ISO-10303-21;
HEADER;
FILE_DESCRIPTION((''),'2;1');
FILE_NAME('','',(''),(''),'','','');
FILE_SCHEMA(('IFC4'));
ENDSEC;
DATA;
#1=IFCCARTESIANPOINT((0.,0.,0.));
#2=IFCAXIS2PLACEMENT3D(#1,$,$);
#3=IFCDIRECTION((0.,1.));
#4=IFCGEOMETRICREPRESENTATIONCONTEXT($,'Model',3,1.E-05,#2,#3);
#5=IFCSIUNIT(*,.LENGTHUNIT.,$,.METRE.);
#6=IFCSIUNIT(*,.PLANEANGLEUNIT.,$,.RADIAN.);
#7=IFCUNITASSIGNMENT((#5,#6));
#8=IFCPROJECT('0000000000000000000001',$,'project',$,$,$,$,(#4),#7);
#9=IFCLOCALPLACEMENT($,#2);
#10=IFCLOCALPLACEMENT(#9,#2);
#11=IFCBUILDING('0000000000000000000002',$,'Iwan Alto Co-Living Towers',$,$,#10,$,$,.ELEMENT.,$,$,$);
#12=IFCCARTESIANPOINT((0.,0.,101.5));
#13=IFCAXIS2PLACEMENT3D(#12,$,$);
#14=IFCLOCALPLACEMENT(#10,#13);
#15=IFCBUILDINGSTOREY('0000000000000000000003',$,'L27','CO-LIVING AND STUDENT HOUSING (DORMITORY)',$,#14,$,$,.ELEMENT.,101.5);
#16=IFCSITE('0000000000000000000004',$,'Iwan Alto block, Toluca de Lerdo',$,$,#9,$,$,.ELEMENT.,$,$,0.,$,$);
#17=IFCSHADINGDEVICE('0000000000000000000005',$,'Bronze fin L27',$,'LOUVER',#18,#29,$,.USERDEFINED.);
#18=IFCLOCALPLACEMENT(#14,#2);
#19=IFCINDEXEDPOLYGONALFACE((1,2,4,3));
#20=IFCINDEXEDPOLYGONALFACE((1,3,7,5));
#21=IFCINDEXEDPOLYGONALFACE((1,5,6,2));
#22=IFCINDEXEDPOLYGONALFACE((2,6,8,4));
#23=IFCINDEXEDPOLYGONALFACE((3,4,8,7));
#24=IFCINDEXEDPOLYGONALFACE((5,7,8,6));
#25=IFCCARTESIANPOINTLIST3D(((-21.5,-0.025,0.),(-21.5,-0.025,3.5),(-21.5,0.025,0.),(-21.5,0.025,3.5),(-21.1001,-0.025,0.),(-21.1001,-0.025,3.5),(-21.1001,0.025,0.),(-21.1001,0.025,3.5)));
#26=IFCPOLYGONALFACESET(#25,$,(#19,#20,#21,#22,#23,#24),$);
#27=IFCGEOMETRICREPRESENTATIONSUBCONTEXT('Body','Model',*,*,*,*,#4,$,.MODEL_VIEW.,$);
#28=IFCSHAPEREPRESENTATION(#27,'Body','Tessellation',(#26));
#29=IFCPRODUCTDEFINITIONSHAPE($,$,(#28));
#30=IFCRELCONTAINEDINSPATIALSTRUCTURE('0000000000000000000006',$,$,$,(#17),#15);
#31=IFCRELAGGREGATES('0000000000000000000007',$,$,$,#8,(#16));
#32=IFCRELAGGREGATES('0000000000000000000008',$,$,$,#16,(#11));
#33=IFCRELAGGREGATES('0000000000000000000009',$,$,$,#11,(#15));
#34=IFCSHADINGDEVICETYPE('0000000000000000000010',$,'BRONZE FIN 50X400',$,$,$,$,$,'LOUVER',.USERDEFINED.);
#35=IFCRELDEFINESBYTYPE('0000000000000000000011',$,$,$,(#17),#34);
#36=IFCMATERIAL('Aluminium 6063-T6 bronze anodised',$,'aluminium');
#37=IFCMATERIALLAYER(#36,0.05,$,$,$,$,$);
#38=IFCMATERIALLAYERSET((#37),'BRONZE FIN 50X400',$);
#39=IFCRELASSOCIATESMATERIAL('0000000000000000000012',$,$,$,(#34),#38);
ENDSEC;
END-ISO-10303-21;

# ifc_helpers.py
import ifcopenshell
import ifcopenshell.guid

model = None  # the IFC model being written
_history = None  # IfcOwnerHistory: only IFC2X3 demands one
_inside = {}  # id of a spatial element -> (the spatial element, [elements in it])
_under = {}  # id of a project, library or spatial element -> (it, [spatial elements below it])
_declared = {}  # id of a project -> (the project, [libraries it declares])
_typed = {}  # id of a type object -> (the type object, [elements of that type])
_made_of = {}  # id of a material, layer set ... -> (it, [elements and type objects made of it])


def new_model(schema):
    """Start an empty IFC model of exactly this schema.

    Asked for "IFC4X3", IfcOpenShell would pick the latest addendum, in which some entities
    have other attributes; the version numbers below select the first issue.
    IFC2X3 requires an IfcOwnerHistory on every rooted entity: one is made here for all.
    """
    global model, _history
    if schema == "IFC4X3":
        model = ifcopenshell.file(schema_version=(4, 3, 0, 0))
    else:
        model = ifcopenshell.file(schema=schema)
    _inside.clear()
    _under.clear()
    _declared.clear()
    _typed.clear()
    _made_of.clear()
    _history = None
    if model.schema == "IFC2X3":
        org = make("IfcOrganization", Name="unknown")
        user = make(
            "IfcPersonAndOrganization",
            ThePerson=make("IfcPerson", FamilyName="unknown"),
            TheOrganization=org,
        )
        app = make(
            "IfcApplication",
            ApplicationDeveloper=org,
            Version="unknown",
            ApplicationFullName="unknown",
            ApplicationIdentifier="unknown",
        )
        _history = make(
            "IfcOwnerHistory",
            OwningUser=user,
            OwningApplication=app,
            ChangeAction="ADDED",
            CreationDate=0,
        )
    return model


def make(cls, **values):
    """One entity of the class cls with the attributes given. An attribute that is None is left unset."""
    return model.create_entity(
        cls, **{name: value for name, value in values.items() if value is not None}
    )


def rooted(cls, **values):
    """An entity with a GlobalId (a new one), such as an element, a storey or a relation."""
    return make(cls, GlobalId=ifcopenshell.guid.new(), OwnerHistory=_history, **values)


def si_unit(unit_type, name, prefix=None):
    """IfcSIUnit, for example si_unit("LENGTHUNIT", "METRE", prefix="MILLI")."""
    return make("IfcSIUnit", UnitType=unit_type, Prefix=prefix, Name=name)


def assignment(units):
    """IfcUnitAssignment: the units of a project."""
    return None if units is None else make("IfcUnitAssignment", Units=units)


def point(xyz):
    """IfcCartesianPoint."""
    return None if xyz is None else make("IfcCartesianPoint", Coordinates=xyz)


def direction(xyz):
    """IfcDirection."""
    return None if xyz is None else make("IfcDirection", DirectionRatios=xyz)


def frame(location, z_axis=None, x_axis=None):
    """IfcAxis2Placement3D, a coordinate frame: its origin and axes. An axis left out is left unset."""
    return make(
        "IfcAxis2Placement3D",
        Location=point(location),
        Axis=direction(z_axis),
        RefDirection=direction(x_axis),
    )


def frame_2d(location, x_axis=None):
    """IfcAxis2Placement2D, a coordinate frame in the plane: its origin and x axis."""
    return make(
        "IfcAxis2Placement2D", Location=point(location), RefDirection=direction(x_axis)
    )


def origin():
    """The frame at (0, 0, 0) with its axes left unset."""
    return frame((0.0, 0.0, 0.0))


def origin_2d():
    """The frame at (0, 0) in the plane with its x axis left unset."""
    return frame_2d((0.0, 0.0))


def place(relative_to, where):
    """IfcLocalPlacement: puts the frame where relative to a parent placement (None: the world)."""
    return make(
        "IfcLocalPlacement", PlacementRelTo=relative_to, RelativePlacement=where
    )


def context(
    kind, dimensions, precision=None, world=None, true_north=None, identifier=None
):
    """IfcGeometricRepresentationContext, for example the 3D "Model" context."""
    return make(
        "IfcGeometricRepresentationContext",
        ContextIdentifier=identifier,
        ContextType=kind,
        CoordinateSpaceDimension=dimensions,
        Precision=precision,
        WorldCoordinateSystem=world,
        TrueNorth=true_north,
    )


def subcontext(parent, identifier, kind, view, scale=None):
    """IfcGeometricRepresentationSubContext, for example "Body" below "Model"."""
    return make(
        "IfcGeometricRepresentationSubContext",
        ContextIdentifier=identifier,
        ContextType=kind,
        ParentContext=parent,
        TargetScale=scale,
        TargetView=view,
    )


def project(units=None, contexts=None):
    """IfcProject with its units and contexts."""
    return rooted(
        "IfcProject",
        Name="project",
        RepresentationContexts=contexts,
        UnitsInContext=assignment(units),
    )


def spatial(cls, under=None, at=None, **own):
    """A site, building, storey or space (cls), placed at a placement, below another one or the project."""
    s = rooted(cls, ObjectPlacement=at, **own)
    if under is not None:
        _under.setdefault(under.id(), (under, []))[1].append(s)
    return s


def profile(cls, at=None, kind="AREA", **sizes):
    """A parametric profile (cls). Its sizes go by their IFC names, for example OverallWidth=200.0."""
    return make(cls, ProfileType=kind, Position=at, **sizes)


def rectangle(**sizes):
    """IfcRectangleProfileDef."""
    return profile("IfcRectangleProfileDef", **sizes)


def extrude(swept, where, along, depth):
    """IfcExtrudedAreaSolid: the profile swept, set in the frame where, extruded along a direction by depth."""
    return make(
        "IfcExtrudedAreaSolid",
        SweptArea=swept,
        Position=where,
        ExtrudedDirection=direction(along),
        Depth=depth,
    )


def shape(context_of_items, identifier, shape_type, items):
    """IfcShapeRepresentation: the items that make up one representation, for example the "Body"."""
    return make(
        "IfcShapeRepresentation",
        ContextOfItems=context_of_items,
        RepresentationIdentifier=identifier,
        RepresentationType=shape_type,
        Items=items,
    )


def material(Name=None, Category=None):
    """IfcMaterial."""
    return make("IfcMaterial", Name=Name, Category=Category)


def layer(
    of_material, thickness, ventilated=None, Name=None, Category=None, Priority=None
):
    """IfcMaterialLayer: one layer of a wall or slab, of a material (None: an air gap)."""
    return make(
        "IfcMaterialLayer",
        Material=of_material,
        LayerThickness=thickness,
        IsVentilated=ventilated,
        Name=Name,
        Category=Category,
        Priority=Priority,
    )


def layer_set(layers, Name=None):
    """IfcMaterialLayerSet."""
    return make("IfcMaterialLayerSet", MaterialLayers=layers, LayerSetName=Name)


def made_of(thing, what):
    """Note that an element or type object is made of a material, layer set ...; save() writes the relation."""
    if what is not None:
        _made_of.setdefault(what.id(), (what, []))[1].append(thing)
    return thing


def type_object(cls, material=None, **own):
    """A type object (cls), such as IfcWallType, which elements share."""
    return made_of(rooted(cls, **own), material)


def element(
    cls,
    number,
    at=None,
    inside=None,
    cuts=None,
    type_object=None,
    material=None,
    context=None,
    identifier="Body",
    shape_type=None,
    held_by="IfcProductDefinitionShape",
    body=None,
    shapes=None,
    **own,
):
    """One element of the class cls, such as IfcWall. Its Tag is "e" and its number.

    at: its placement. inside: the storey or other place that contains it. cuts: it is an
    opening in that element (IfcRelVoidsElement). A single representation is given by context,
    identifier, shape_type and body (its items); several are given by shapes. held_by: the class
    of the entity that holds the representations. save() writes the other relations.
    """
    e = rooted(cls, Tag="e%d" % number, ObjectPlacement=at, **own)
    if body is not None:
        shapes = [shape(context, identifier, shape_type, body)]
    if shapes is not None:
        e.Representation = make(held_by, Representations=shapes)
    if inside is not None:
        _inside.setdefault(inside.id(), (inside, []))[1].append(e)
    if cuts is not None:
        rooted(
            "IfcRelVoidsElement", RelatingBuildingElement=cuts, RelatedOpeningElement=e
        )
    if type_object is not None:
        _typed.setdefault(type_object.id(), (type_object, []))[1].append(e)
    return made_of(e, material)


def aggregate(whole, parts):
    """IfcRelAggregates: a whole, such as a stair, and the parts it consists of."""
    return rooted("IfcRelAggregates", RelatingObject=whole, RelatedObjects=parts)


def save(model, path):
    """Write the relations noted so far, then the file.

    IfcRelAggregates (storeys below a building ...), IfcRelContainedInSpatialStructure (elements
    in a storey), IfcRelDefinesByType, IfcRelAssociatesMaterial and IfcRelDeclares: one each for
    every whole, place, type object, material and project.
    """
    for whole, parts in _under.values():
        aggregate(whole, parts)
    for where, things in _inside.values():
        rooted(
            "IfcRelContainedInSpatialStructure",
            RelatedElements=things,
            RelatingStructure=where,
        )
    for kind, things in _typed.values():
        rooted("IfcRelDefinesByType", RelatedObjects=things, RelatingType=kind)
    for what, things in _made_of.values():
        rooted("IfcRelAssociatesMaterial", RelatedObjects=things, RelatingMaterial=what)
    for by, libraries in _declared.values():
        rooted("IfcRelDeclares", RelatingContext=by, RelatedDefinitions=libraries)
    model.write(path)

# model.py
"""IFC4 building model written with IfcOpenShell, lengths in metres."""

from ifc_helpers import new_model, si_unit, direction, frame, origin, origin_2d, place, context, subcontext, project, spatial, rectangle, extrude, material, layer, layer_set, type_object, element, save


model = new_model("IFC4")

# Units and contexts
model_context = context("Model", 3, precision=1e-05, world=origin(), true_north=direction((0.0, 1.0)))
body_context = subcontext(model_context, "Body", "Model", "MODEL_VIEW")
ifc_project = project(units=[si_unit("LENGTHUNIT", "METRE"), si_unit("PLANEANGLEUNIT", "RADIAN")], contexts=[model_context])

# Site, building, storey
site_placement = place(None, origin())
site = spatial("IfcSite", under=ifc_project, at=site_placement, Name="Iwan Alto block, Toluca de Lerdo", CompositionType="ELEMENT", RefElevation=0.0)
building_placement = place(site_placement, origin())
building = spatial("IfcBuilding", under=site, at=building_placement, Name="Iwan Alto Co-Living Towers", CompositionType="ELEMENT")
storey_placement = place(building_placement, frame((0.0, 0.0, 101.5)))
storey = spatial("IfcBuildingStorey", under=building, at=storey_placement, Name="L27", Description="CO-LIVING AND STUDENT HOUSING (DORMITORY)", CompositionType="ELEMENT", Elevation=101.5)

# Shading device
ifc_material_1 = material(Name="Aluminium 6063-T6 bronze anodised", Category="aluminium")
ifc_layer_1 = layer(ifc_material_1, 0.05)
ifc_layer_set_1 = layer_set([ifc_layer_1], Name="BRONZE FIN 50X400")
shading_device_type = type_object("IfcShadingDeviceType", Name="BRONZE FIN 50X400", ElementType="LOUVER", PredefinedType="USERDEFINED", material=ifc_layer_set_1)
shading_device_placement = place(storey_placement, frame((-21.3, 0.0, 0.0), z_axis=(0.0, 0.0, 1.0), x_axis=(0.0, -1.0, 0.0)))
element("IfcShadingDevice", 1, at=shading_device_placement, inside=storey, type_object=shading_device_type, Name="Bronze fin L27", ObjectType="LOUVER", PredefinedType="USERDEFINED", context=body_context, shape_type="SweptSolid", body=[
    extrude(rectangle(XDim=0.05, YDim=0.3999, at=origin_2d()), origin(), (0.0, 0.0, 1.0), 3.5),
])

save(model, "model.ifc")
